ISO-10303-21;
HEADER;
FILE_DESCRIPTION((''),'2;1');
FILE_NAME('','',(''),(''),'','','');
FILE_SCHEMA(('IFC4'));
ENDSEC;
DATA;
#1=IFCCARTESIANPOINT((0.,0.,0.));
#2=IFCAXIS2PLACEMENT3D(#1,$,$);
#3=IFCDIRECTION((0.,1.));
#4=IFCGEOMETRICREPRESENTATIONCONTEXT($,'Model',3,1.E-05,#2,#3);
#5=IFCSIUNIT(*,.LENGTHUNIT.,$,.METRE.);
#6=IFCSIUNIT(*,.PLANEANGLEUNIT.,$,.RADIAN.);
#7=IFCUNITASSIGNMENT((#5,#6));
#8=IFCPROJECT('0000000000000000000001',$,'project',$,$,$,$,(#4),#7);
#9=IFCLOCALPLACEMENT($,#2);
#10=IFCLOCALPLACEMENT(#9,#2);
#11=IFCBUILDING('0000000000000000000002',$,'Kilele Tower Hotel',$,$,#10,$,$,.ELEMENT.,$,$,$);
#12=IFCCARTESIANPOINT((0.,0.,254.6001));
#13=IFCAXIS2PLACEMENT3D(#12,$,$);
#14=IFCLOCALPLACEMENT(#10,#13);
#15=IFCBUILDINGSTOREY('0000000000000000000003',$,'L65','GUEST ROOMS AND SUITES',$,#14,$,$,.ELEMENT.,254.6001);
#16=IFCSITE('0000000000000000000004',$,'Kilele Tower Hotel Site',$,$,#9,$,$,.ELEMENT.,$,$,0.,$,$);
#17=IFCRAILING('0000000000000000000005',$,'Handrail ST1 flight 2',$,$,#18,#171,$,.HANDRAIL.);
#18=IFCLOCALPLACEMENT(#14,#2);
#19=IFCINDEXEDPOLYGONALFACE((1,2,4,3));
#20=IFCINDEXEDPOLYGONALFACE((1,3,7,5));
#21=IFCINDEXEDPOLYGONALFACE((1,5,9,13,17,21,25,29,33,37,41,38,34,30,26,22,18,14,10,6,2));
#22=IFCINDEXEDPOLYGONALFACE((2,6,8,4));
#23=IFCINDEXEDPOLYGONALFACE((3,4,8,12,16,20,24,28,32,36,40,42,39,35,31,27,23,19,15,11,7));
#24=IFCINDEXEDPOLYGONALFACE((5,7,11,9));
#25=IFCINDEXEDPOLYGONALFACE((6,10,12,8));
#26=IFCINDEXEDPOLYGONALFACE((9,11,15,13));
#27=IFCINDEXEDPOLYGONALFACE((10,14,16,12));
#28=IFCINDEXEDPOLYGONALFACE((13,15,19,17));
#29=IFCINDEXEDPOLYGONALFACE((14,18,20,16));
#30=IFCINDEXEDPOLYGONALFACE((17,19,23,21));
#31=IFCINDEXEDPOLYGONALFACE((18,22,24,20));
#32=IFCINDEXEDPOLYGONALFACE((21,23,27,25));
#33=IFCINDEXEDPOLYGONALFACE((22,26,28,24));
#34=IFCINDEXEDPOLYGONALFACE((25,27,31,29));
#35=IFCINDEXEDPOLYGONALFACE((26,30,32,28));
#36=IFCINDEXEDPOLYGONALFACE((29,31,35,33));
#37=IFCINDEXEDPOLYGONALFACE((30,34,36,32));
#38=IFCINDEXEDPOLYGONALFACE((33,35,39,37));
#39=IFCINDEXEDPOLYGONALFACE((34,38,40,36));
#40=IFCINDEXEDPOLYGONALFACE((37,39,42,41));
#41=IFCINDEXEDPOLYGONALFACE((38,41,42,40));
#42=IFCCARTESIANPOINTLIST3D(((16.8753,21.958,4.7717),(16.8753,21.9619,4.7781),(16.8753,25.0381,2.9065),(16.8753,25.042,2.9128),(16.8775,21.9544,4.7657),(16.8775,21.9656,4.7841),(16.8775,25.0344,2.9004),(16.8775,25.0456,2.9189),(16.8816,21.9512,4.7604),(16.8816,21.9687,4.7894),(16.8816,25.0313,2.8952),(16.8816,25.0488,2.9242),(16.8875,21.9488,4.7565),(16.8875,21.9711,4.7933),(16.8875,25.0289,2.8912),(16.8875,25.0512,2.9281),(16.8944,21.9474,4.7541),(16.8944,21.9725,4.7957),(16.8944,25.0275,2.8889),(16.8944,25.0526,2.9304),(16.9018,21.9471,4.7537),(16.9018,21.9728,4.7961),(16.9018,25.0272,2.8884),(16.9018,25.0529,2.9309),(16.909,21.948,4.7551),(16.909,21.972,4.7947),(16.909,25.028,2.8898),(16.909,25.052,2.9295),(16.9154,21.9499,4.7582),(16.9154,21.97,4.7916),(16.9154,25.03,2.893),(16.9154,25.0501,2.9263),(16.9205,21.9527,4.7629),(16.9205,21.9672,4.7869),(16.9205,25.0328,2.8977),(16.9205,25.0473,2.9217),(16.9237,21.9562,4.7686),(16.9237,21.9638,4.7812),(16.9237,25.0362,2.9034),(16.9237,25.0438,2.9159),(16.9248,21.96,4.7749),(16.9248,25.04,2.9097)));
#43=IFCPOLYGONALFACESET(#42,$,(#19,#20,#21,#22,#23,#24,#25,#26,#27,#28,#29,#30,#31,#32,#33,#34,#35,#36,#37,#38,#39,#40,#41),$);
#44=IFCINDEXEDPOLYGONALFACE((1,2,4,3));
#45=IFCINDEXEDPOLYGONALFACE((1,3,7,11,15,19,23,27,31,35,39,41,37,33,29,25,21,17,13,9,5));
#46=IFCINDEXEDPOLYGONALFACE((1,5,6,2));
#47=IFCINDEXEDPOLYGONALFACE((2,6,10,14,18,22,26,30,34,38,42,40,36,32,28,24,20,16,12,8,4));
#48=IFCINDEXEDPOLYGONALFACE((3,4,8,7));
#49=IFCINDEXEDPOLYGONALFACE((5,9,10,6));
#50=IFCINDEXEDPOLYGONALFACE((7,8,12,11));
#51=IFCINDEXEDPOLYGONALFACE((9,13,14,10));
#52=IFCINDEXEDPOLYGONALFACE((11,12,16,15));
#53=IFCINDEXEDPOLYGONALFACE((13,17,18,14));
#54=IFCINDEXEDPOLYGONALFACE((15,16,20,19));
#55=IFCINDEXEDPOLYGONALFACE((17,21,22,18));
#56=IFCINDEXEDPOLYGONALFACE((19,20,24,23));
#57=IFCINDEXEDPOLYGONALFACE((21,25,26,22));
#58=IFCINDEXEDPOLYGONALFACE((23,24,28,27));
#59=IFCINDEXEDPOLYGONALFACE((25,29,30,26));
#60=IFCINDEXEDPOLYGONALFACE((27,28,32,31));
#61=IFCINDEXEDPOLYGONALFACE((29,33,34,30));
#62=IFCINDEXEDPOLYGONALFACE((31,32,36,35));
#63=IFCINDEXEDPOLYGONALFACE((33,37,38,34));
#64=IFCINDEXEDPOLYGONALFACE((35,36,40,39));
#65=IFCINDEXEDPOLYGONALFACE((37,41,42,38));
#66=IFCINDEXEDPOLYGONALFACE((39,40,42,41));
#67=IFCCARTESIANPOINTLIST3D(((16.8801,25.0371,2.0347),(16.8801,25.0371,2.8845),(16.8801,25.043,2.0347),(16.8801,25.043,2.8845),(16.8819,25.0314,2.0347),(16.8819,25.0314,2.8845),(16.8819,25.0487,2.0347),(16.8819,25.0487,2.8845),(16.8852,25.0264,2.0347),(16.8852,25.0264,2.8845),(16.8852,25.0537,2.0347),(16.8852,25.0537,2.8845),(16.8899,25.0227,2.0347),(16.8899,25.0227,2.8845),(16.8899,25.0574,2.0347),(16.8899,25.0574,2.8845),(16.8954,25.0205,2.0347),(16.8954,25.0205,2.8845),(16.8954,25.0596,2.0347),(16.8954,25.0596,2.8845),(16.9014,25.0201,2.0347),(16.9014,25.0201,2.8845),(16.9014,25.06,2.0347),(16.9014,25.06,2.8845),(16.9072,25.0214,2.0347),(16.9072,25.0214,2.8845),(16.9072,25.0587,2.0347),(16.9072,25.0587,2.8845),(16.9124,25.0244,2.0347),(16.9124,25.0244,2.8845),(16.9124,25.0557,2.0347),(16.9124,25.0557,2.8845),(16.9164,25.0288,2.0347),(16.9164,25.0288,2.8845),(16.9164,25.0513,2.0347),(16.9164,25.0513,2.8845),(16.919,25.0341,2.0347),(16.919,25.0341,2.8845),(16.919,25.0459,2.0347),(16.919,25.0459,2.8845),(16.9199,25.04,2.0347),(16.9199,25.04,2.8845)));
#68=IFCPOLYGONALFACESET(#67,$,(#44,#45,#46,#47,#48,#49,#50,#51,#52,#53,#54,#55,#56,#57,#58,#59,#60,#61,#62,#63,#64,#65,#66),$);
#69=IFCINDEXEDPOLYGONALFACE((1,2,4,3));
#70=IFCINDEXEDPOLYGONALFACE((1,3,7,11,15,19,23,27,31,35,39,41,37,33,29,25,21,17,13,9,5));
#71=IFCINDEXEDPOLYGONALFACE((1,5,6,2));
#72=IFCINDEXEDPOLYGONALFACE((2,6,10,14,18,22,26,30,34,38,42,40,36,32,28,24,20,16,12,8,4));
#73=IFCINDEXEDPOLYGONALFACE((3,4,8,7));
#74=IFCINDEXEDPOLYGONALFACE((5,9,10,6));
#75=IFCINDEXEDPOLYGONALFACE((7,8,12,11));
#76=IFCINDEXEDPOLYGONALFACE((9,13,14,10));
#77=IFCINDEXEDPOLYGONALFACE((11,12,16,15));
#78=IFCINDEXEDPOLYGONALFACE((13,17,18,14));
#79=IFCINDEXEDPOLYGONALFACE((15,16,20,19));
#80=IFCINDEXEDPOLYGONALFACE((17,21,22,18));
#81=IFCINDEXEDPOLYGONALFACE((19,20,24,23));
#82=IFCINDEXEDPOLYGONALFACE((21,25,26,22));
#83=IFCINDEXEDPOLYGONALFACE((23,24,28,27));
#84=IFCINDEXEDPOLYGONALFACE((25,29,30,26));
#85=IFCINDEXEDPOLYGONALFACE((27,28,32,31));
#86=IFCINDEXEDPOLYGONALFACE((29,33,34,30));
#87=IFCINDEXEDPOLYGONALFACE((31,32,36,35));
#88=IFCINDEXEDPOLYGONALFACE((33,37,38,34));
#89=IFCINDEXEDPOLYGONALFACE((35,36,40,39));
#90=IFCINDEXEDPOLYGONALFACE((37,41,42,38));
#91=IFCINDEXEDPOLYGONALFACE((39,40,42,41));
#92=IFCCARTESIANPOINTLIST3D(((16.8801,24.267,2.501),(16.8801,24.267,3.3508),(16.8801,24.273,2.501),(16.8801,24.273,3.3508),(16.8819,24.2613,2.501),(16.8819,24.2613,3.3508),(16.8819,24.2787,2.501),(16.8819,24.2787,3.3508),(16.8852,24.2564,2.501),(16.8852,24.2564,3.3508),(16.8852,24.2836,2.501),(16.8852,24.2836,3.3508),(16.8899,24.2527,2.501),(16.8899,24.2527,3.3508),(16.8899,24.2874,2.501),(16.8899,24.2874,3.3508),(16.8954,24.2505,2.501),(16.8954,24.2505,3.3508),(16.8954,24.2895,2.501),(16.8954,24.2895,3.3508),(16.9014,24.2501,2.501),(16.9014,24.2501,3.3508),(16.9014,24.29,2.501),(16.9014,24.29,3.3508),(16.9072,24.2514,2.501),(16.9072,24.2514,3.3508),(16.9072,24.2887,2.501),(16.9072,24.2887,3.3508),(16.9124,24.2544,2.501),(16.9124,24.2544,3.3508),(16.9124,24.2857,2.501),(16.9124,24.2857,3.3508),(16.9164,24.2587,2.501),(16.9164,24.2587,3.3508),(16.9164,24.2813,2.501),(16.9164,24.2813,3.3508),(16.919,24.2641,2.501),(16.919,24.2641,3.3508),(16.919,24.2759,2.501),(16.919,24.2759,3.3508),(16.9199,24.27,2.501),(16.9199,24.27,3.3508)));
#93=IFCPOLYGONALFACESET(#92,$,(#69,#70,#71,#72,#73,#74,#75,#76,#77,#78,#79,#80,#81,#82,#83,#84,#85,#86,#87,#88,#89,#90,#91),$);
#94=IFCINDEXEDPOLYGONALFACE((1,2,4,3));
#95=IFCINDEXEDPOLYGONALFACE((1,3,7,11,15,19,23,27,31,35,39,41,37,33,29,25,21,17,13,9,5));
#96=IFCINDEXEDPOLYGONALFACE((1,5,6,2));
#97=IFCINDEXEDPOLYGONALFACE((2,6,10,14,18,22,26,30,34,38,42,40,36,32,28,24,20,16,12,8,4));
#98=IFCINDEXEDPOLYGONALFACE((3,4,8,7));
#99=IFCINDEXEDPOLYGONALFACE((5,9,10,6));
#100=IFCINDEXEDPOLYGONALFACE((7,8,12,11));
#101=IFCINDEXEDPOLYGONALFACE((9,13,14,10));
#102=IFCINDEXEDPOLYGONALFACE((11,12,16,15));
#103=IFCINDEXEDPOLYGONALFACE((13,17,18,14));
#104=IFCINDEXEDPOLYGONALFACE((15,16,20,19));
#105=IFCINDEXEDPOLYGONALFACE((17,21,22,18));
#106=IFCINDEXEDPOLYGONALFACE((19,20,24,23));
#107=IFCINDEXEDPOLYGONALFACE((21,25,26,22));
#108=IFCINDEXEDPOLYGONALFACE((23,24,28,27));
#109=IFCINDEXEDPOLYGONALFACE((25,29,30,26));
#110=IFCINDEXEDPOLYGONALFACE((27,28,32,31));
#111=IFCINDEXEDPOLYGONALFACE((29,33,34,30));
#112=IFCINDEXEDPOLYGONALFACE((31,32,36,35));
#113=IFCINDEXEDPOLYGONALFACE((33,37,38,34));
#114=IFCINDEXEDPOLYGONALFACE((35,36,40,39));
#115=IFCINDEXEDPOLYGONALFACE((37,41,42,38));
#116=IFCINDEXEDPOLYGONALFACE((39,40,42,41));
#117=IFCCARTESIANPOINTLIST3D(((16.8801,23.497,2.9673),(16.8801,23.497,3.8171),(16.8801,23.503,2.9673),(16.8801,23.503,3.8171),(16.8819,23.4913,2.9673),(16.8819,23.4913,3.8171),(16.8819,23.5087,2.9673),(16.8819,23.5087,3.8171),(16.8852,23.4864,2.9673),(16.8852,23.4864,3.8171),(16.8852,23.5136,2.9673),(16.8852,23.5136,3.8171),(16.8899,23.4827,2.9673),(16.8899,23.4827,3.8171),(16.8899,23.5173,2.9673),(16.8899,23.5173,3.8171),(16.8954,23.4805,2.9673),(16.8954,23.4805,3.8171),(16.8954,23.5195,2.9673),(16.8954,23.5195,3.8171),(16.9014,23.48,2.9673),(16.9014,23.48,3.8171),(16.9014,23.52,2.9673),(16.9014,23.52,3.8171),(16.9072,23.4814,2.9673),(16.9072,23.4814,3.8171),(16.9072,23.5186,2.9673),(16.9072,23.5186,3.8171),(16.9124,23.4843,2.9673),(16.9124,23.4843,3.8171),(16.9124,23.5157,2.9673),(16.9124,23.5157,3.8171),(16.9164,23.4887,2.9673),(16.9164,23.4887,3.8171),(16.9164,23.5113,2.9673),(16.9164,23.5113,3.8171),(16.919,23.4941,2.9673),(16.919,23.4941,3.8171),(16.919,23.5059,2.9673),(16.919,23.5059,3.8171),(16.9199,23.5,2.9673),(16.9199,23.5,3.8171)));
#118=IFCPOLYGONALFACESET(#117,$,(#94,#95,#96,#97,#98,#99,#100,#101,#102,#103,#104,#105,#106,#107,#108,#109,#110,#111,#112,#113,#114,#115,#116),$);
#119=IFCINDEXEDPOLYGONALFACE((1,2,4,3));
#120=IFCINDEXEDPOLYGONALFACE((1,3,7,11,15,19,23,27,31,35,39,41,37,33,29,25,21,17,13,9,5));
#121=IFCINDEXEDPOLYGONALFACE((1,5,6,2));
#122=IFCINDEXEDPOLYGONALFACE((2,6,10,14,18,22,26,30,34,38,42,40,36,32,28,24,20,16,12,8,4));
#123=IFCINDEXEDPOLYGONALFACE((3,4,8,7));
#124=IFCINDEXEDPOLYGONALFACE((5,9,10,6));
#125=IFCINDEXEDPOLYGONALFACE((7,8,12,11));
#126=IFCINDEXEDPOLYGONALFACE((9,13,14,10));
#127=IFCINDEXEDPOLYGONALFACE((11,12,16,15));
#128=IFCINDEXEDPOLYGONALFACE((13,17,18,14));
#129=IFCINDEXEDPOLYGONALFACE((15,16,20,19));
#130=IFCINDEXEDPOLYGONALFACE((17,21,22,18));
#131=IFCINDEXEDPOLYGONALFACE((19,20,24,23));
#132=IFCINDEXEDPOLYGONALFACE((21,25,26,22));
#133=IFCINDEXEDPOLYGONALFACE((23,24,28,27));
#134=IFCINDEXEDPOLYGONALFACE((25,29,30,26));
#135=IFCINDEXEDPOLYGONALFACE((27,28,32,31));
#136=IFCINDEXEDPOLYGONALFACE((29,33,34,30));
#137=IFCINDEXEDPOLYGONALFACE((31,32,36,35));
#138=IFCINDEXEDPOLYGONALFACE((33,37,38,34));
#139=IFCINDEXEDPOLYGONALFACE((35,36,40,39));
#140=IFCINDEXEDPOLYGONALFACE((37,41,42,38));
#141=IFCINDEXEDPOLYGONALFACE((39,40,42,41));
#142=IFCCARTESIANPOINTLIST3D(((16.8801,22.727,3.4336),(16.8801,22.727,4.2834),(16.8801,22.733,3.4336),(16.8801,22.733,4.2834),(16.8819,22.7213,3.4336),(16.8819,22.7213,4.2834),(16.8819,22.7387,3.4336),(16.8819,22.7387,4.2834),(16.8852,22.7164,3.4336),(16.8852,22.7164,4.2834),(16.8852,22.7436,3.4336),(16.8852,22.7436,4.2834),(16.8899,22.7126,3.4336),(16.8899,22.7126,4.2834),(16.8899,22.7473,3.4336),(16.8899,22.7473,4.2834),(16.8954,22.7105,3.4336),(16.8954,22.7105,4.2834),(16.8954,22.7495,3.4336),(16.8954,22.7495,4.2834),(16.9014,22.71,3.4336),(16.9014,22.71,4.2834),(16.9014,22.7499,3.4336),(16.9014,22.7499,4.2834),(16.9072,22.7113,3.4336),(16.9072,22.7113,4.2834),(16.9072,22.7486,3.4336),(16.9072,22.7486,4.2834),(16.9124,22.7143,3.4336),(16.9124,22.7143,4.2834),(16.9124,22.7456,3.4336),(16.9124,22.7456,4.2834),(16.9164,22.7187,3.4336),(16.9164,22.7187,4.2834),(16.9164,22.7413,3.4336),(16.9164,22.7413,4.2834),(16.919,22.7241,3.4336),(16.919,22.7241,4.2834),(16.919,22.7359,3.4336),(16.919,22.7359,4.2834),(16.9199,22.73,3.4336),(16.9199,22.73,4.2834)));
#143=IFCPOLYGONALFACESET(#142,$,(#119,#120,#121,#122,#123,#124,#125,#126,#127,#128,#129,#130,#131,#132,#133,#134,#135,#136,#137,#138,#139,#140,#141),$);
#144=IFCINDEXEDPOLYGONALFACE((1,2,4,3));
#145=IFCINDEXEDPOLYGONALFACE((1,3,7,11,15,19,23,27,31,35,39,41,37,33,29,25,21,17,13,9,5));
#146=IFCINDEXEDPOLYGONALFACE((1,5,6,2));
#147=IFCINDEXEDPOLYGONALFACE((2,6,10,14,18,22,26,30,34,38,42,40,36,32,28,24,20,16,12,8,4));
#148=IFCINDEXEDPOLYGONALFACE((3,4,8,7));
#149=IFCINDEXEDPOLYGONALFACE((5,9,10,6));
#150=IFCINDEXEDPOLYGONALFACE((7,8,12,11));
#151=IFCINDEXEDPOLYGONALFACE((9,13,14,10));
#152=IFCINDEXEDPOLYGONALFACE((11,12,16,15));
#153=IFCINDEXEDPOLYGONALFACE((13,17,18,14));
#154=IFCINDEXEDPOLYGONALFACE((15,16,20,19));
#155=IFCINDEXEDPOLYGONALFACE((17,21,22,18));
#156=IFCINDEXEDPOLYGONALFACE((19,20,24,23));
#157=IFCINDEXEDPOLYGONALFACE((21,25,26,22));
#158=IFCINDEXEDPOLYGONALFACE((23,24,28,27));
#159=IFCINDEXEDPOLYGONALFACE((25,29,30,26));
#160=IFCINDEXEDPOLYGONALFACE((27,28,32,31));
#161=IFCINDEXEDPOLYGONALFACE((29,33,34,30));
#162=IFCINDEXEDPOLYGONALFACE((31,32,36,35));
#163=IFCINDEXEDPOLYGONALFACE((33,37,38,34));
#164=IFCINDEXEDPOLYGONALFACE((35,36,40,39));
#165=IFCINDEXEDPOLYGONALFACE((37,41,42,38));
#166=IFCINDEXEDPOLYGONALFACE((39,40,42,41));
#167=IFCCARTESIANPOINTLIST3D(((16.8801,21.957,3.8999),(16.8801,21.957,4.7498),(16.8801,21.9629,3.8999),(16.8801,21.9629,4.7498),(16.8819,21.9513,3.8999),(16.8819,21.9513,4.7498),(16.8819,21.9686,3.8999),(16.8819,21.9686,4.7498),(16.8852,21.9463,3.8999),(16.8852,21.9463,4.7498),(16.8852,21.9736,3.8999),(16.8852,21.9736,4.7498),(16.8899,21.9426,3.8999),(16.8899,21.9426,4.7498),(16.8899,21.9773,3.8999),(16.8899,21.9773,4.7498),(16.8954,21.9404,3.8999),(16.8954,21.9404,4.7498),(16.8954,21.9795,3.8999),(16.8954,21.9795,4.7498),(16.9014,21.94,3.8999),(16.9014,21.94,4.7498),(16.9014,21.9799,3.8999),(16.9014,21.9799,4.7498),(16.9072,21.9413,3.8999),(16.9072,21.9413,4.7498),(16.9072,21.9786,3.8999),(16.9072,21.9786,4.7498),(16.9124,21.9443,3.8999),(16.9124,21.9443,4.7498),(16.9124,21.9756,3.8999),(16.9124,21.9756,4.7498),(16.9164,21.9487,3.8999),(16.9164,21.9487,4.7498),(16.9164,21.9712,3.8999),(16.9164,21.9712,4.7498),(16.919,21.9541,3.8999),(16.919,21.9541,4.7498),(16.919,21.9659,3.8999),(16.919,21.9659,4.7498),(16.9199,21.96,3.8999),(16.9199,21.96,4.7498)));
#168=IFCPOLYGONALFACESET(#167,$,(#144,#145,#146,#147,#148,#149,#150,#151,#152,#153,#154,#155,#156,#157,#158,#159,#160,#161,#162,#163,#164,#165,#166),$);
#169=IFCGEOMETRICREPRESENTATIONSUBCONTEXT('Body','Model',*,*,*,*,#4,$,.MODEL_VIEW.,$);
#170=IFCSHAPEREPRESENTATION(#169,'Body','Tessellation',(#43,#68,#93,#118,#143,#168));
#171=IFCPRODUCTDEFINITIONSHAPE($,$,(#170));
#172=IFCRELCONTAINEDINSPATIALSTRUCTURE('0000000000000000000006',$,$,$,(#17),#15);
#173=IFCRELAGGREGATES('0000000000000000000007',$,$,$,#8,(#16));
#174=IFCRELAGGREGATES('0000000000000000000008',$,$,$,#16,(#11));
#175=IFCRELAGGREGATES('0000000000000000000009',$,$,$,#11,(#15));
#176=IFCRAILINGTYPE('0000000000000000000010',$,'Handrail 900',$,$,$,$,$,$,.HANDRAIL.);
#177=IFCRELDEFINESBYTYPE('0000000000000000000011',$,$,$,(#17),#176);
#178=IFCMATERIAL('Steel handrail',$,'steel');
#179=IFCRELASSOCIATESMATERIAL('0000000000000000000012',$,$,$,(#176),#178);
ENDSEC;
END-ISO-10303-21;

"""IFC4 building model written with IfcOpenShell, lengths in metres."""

from ifc_helpers import new_model, si_unit, direction, frame, origin, origin_2d, place, context, subcontext, project, spatial, circle, extrude, material, type_object, element, save


model = new_model("IFC4")

# Units and contexts
model_context = context("Model", 3, precision=1e-05, world=origin(), true_north=direction((0.0, 1.0)))
body_context = subcontext(model_context, "Body", "Model", "MODEL_VIEW")
ifc_project = project(units=[si_unit("LENGTHUNIT", "METRE"), si_unit("PLANEANGLEUNIT", "RADIAN")], contexts=[model_context])

# Site, building, storey
site_placement = place(None, origin())
site = spatial("IfcSite", under=ifc_project, at=site_placement, Name="Kilele Tower Hotel Site", CompositionType="ELEMENT", RefElevation=0.0)
building_placement = place(site_placement, origin())
building = spatial("IfcBuilding", under=site, at=building_placement, Name="Kilele Tower Hotel", CompositionType="ELEMENT")
storey_placement = place(building_placement, frame((0.0, 0.0, 254.6001)))
storey = spatial("IfcBuildingStorey", under=building, at=storey_placement, Name="L65", Description="GUEST ROOMS AND SUITES", CompositionType="ELEMENT", Elevation=254.6001)

# Railing
ifc_material_1 = material(Name="Steel handrail", Category="steel")
railing_type_1 = type_object("IfcRailingType", Name="Handrail 900", PredefinedType="HANDRAIL", material=ifc_material_1)
for number, where, name in (
    (1, (16.8999, 25.04, 2.0347), "Handrail ST1 flight 2"),
):
    element("IfcRailing", number, at=place(storey_placement, frame(where)), inside=storey, type_object=railing_type_1, Name=name, PredefinedType="HANDRAIL", context=body_context, shape_type="SweptSolid", body=[
        extrude(circle(Radius=0.0249, at=origin_2d()), frame((0.0, 0.0, 0.875), z_axis=(0.0, -0.85538, 0.518001), x_axis=(1.0, 0.0, 0.0)), (0.0, 0.0, 1.0), 3.6008),
        extrude(circle(Radius=0.02, at=origin_2d()), origin(), (0.0, 0.0, 1.0), 0.8499),
        extrude(circle(Radius=0.02, at=origin_2d()), frame((0.0, -0.77, 0.4663)), (0.0, 0.0, 1.0), 0.8499),
        extrude(circle(Radius=0.02, at=origin_2d()), frame((0.0, -1.54, 0.9326)), (0.0, 0.0, 1.0), 0.8499),
        extrude(circle(Radius=0.02, at=origin_2d()), frame((0.0, -2.3101, 1.3989)), (0.0, 0.0, 1.0), 0.8499),
        extrude(circle(Radius=0.02, at=origin_2d()), frame((0.0, -3.0801, 1.8652)), (0.0, 0.0, 1.0), 0.8499),
    ])

save(model, "model.ifc")
